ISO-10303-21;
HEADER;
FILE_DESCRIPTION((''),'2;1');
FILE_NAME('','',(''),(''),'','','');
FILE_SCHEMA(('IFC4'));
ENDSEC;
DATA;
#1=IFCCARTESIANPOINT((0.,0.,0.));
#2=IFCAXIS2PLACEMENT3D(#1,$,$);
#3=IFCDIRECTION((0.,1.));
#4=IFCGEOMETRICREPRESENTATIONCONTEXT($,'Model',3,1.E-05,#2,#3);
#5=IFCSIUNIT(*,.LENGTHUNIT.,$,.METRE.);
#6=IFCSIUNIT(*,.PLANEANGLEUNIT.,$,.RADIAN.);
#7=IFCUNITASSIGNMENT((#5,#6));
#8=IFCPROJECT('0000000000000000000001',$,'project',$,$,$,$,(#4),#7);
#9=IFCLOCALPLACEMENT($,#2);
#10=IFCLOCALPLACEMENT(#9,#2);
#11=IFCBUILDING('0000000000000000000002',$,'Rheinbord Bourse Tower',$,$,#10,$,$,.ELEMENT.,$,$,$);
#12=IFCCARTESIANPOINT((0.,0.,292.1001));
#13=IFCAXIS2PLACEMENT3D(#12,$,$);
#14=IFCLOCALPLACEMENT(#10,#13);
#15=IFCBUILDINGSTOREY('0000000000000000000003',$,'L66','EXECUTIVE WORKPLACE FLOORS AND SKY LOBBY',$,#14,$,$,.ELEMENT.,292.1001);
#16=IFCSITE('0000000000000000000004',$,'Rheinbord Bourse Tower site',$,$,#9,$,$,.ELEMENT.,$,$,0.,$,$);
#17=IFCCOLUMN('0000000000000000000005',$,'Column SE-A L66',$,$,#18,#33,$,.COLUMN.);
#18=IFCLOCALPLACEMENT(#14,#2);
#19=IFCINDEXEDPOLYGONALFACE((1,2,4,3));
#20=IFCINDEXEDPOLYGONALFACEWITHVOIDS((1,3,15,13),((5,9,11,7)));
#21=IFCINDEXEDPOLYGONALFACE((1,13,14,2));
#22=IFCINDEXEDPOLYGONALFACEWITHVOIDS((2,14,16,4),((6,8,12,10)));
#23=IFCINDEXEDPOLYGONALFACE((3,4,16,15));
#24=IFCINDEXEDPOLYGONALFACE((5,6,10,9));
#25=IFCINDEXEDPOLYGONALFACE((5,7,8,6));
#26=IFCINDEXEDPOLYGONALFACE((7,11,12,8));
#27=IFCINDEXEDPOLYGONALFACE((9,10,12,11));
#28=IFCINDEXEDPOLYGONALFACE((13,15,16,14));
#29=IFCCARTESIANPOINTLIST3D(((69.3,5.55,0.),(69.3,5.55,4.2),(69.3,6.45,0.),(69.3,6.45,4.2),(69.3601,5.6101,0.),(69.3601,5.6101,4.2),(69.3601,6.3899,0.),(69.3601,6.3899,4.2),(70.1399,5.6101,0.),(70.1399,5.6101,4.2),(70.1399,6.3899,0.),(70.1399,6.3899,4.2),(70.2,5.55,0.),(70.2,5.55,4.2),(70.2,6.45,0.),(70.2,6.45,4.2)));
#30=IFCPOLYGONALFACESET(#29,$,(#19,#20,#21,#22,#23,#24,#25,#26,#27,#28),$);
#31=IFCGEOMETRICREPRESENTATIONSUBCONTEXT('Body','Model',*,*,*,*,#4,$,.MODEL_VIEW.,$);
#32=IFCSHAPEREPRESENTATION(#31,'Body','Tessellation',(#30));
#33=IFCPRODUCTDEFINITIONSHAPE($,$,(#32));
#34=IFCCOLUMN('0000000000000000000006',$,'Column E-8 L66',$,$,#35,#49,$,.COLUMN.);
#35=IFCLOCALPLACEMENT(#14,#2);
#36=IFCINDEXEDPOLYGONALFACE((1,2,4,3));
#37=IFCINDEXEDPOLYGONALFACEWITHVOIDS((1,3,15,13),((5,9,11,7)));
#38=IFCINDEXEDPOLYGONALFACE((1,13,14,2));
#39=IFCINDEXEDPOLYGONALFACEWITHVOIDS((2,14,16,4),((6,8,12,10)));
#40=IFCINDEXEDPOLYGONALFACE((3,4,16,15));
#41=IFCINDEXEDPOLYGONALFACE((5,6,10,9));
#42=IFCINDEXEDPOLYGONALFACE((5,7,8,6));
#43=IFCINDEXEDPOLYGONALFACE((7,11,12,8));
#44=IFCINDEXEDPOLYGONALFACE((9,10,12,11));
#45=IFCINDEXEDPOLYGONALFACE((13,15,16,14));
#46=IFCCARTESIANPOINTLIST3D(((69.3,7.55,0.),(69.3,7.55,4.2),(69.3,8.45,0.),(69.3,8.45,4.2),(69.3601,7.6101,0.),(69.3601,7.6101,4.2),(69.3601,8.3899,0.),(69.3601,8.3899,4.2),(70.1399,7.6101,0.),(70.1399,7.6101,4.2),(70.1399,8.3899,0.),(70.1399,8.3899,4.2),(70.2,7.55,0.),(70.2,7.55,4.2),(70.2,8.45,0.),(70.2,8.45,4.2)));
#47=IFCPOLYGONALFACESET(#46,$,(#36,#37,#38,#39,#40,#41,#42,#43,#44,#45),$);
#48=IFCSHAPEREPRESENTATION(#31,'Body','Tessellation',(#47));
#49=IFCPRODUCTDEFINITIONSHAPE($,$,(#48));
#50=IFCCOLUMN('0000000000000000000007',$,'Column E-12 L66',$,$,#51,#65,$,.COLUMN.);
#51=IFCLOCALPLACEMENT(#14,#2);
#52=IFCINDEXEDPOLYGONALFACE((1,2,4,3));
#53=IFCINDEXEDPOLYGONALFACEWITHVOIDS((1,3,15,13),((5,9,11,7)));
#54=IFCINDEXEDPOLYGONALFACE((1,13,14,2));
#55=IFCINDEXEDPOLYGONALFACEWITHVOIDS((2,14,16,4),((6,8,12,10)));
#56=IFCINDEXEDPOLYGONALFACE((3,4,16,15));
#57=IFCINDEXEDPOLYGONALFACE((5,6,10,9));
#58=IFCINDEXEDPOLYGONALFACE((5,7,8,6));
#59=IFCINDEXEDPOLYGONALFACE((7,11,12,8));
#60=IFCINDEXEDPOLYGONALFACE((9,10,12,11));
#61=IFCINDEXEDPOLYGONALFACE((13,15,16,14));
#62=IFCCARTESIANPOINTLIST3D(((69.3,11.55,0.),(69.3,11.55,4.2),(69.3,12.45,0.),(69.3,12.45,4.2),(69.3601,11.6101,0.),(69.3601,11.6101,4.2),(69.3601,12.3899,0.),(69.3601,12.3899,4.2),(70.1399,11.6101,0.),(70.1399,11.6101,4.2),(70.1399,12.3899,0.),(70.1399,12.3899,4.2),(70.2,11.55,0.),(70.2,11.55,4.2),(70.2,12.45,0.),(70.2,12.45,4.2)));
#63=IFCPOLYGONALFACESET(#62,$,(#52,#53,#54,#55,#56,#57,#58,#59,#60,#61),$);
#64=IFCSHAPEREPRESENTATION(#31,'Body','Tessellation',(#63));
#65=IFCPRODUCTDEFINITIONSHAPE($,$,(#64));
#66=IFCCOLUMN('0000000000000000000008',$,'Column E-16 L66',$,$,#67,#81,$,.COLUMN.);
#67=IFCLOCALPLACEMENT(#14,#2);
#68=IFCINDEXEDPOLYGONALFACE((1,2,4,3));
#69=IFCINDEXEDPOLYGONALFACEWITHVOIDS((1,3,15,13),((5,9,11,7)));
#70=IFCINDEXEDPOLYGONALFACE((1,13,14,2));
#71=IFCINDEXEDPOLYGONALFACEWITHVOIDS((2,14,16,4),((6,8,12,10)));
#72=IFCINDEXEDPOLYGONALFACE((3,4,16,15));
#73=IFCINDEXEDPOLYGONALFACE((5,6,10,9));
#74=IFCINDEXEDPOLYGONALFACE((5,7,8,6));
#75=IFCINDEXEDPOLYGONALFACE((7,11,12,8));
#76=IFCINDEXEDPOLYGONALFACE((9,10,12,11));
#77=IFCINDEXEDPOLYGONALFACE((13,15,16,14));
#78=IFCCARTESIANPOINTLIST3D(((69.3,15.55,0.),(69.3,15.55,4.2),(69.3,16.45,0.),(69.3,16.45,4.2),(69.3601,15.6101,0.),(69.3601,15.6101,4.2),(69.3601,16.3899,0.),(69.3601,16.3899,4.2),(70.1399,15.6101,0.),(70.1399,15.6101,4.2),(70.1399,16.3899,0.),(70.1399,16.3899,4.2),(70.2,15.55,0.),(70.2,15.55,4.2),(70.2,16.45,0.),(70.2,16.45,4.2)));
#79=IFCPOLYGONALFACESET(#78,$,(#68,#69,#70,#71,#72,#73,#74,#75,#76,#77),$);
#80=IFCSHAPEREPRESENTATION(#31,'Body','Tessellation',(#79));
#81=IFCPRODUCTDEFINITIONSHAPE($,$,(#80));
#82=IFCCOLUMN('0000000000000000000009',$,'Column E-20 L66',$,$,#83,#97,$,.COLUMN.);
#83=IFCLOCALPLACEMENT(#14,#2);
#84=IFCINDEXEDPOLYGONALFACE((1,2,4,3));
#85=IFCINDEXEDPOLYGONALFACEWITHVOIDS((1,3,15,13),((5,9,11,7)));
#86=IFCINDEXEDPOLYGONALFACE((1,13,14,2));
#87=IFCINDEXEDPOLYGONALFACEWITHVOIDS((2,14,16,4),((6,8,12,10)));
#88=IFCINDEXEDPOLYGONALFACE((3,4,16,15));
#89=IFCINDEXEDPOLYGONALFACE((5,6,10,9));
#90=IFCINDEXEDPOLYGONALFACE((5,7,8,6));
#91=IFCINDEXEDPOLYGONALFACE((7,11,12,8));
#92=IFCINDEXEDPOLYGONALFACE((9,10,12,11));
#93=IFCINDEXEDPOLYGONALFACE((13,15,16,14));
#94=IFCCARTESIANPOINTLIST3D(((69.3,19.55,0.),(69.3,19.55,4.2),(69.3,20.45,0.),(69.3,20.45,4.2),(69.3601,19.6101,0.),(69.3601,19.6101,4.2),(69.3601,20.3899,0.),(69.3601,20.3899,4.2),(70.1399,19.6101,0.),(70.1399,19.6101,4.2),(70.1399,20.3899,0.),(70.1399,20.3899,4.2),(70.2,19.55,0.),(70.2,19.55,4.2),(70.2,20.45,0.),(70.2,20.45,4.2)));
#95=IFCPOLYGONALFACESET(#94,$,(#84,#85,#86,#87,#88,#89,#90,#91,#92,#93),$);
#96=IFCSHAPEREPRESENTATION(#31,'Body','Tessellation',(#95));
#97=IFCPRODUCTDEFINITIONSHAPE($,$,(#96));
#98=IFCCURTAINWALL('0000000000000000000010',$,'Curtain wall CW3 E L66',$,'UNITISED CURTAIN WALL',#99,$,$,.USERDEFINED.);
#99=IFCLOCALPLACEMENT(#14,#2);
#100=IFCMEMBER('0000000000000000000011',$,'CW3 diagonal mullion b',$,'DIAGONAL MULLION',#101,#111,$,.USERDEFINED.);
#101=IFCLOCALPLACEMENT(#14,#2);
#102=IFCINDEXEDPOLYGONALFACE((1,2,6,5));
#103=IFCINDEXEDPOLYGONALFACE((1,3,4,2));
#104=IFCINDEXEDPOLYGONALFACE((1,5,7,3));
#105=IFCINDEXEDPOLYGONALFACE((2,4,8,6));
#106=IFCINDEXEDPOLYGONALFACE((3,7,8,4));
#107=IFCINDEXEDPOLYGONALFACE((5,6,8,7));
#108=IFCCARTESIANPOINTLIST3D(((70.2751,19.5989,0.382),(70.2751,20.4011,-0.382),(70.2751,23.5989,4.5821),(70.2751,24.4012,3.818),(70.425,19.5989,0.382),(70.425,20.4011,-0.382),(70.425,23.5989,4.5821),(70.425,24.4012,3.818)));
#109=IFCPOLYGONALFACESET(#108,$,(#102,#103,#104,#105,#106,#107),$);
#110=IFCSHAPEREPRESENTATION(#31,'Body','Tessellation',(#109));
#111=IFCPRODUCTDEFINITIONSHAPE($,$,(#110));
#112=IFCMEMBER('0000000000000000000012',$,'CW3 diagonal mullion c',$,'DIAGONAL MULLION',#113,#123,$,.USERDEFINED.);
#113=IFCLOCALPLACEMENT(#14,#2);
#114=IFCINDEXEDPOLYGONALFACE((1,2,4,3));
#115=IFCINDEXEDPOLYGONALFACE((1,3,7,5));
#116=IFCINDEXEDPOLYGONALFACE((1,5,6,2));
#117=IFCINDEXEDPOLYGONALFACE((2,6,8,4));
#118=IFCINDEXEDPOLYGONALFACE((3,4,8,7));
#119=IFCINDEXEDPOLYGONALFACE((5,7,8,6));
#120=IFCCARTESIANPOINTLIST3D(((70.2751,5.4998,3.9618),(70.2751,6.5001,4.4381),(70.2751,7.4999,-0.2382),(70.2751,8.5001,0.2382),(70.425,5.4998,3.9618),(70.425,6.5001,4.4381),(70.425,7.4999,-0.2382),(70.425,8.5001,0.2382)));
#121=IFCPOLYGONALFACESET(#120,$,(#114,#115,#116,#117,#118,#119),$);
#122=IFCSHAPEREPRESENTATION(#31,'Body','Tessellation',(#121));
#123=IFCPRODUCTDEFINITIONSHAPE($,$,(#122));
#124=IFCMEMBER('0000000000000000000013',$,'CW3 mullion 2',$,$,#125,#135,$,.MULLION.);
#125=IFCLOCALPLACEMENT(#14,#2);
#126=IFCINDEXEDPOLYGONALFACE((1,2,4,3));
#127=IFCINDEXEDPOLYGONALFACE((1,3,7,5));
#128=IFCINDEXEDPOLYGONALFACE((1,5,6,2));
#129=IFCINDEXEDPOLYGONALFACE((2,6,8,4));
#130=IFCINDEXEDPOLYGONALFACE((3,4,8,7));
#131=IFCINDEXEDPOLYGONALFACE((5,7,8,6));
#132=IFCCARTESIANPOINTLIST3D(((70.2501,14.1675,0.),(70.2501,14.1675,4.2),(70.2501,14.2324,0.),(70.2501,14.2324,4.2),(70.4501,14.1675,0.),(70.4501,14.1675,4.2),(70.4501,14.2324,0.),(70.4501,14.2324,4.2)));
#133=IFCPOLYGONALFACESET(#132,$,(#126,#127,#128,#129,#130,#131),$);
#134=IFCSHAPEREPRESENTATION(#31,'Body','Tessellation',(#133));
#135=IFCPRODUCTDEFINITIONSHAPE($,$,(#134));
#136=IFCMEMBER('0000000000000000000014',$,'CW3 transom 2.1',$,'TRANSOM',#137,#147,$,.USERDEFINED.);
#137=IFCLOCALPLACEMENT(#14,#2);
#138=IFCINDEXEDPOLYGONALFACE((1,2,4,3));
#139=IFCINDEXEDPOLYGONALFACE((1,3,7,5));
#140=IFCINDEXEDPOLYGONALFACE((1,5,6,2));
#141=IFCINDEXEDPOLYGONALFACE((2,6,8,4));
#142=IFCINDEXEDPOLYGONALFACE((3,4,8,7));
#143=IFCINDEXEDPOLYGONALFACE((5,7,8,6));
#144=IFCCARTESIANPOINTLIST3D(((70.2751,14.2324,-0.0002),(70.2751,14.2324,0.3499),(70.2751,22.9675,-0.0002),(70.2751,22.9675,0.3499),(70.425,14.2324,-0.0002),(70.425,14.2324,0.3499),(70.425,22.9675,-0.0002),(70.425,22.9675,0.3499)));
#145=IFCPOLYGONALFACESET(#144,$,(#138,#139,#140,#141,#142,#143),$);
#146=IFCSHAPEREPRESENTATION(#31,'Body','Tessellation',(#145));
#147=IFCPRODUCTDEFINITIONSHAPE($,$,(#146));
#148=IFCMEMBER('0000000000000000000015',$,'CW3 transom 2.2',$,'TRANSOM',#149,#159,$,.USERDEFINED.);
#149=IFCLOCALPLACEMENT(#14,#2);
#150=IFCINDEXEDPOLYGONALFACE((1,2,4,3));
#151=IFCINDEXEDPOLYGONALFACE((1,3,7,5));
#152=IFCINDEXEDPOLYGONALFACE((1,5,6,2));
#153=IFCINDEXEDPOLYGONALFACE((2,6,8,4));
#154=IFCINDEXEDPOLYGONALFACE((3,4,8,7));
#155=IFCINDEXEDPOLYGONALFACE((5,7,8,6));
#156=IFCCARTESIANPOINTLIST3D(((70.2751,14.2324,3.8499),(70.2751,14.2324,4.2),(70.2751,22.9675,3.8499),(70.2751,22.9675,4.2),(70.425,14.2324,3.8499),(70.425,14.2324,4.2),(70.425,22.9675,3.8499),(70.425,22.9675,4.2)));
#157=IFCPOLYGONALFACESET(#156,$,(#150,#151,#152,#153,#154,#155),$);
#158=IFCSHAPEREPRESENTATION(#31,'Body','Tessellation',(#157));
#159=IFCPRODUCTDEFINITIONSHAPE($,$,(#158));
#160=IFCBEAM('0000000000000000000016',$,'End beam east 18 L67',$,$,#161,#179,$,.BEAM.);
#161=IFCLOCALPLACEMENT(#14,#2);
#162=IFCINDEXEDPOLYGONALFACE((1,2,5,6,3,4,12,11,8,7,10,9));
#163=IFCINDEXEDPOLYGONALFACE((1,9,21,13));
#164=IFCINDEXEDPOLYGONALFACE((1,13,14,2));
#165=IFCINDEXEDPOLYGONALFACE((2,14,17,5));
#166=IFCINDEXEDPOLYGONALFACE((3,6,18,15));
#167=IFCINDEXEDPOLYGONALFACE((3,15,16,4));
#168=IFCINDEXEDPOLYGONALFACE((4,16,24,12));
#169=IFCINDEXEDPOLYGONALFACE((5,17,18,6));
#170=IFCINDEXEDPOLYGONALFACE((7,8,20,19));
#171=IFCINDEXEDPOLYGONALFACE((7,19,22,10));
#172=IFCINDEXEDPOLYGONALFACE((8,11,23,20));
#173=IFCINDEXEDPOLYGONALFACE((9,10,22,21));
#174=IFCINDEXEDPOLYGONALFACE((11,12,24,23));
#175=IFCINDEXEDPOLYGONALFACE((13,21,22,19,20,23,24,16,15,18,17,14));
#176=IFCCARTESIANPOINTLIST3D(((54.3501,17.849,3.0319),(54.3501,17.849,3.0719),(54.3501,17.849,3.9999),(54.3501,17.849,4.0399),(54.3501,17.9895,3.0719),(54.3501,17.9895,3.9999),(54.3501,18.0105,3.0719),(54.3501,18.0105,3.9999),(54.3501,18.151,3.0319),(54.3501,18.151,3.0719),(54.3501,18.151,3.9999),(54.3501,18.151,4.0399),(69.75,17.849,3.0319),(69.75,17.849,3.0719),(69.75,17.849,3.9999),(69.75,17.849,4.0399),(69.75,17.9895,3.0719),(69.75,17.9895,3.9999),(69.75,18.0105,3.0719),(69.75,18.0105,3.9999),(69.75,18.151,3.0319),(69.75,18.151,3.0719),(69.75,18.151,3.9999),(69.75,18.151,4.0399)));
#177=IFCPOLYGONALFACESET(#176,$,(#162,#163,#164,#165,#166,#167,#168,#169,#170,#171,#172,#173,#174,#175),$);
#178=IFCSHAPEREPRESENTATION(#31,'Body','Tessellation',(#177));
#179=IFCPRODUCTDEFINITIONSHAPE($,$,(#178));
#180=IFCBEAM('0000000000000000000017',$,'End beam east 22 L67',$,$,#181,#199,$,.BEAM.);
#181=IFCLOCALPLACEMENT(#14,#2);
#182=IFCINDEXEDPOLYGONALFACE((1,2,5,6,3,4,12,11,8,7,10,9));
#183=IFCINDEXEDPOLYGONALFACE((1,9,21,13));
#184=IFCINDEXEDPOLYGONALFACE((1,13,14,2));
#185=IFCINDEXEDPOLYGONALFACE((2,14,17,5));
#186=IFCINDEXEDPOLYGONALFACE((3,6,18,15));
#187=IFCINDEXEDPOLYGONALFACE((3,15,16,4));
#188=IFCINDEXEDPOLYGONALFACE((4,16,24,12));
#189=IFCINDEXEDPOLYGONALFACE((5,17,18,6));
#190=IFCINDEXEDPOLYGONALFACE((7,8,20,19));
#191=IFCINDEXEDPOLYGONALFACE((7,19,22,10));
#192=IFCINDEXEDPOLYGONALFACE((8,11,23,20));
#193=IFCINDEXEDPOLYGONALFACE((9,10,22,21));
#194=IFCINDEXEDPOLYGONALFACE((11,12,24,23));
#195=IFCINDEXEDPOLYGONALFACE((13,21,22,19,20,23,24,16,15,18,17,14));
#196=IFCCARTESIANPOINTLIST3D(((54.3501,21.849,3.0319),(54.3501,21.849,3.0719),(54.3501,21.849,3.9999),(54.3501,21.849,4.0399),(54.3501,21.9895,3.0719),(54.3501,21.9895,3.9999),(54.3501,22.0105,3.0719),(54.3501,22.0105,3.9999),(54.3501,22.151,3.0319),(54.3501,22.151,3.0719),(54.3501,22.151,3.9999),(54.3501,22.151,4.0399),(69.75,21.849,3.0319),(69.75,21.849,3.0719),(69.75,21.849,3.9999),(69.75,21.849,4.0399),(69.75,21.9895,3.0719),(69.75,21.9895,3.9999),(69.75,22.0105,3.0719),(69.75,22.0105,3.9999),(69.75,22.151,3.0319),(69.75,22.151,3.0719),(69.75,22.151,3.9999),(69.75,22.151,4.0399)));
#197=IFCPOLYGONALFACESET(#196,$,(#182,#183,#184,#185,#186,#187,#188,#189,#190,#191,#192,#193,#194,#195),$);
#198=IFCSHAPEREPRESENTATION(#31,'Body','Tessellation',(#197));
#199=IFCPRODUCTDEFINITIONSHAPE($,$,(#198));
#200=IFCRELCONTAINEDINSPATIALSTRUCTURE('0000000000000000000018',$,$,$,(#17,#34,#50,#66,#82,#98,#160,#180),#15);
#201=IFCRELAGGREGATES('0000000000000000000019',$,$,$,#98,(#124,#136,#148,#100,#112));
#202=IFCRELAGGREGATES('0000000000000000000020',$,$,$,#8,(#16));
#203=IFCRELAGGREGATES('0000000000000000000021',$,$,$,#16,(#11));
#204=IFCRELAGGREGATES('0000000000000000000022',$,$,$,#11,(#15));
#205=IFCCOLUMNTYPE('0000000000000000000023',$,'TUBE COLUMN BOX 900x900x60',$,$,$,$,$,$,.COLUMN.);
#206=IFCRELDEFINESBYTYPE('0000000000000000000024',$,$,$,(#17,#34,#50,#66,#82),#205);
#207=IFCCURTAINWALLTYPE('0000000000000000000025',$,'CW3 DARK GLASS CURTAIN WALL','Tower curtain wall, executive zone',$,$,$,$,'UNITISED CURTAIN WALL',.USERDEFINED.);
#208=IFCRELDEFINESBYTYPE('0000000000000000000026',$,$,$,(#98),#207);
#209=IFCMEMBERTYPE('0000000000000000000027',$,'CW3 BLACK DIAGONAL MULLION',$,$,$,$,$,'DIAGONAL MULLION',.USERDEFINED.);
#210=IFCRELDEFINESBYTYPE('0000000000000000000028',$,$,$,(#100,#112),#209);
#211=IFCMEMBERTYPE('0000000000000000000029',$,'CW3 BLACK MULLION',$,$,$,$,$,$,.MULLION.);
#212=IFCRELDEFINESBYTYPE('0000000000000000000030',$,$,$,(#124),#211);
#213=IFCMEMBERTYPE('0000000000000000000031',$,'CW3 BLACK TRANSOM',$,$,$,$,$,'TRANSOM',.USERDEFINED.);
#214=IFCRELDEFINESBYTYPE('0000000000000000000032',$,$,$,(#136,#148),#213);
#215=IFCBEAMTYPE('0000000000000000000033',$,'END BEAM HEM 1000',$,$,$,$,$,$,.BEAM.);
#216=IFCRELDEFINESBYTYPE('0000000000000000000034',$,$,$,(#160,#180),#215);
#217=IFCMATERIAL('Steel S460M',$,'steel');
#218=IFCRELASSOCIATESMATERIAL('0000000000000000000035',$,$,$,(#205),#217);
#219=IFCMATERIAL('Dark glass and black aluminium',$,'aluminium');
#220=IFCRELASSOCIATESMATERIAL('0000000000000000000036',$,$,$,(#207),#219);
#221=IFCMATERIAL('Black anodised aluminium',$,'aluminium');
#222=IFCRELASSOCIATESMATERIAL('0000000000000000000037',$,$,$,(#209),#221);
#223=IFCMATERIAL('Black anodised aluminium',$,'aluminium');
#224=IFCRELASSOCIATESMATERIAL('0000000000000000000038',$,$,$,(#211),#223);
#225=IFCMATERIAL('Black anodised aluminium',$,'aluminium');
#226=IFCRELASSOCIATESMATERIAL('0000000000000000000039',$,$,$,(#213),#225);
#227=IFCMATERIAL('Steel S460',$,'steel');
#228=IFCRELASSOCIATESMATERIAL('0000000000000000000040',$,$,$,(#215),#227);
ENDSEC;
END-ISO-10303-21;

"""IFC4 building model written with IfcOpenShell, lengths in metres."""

from ifc_helpers import new_model, si_unit, direction, frame, origin, origin_2d, place, context, subcontext, project, spatial, rectangle, hollow_rectangle, i_section, extrude, material, material_profile, profile_set, type_object, element, aggregate, save


model = new_model("IFC4")

# Units and contexts
model_context = context("Model", 3, precision=1e-05, world=origin(), true_north=direction((0.0, 1.0)))
body_context = subcontext(model_context, "Body", "Model", "MODEL_VIEW")
ifc_project = project(units=[si_unit("LENGTHUNIT", "METRE"), si_unit("PLANEANGLEUNIT", "RADIAN")], contexts=[model_context])

# Site, building, storey
site_placement = place(None, origin())
site = spatial("IfcSite", under=ifc_project, at=site_placement, Name="Rheinbord Bourse Tower site", CompositionType="ELEMENT", RefElevation=0.0)
building_placement = place(site_placement, origin())
building = spatial("IfcBuilding", under=site, at=building_placement, Name="Rheinbord Bourse Tower", CompositionType="ELEMENT")
storey_placement = place(building_placement, frame((0.0, 0.0, 292.1001)))
storey = spatial("IfcBuildingStorey", under=building, at=storey_placement, Name="L66", Description="EXECUTIVE WORKPLACE FLOORS AND SKY LOBBY", CompositionType="ELEMENT", Elevation=292.1001)

# Columns
ifc_material_1 = material(Name="Steel S460M", Category="steel")
ifc_material_profile_1 = material_profile(ifc_material_1, hollow_rectangle(XDim=0.8999, YDim=0.8999, WallThickness=0.0601, at=origin_2d()), Name="BOX 900x900x60")
ifc_profile_set_1 = profile_set([ifc_material_profile_1], Name="Steel S460M")
column_type = type_object("IfcColumnType", Name="TUBE COLUMN BOX 900x900x60", PredefinedType="COLUMN", material=ifc_profile_set_1)
for number, where, z_axis, x_axis, name in (
    (1, (69.75, 6.0, 0.0), (0.0, 0.0, 1.0), (1.0, 0.0, 0.0), "Column SE-A L66"),
    (2, (69.75, 8.0, 0.0), (0.0, 0.0, 1.0), (1.0, 0.0, 0.0), "Column E-8 L66"),
    (3, (69.75, 12.0, 0.0), (0.0, 0.0, 1.0), (1.0, 0.0, 0.0), "Column E-12 L66"),
    (4, (69.75, 16.0, 0.0), (0.0, 0.0, 1.0), (1.0, 0.0, 0.0), "Column E-16 L66"),
    (5, (69.75, 20.0, 0.0), (0.0, 0.0, 1.0), (1.0, 0.0, 0.0), "Column E-20 L66"),
):
    element("IfcColumn", number, at=place(storey_placement, frame(where, z_axis=z_axis, x_axis=x_axis)), inside=storey, type_object=column_type, Name=name, PredefinedType="COLUMN", context=body_context, shape_type="SweptSolid", body=[
        extrude(hollow_rectangle(XDim=0.8999, YDim=0.8999, WallThickness=0.0601, at=origin_2d()), origin(), (0.0, 0.0, 1.0), 4.2),
    ])

# Curtain wall, members
ifc_material_2 = material(Name="Dark glass and black aluminium", Category="aluminium")
curtain_wall_type = type_object("IfcCurtainWallType", Name="CW3 DARK GLASS CURTAIN WALL", Description="Tower curtain wall, executive zone", ElementType="UNITISED CURTAIN WALL", PredefinedType="USERDEFINED", material=ifc_material_2)
curtain_wall_placement = place(storey_placement, origin())
curtain_wall = element("IfcCurtainWall", 6, at=curtain_wall_placement, inside=storey, type_object=curtain_wall_type, Name="Curtain wall CW3 E L66", ObjectType="UNITISED CURTAIN WALL", PredefinedType="USERDEFINED")
ifc_material_3 = material(Name="Black anodised aluminium", Category="aluminium")
ifc_material_profile_2 = material_profile(ifc_material_3, rectangle(XDim=0.1499, YDim=1.1079, at=origin_2d()), Name="CW3 DIAGONAL MULLION 1108x150")
ifc_profile_set_2 = profile_set([ifc_material_profile_2], Name="Black anodised aluminium")
member_type_1 = type_object("IfcMemberType", Name="CW3 BLACK DIAGONAL MULLION", ElementType="DIAGONAL MULLION", PredefinedType="USERDEFINED", material=ifc_profile_set_2)
member_1_placement = place(storey_placement, frame((70.3501, 20.0, 0.0), z_axis=(0.0, 0.689659, 0.724134), x_axis=(-1.0, 0.0, 0.0)))
member_1 = element("IfcMember", 7, at=member_1_placement, type_object=member_type_1, Name="CW3 diagonal mullion b", ObjectType="DIAGONAL MULLION", PredefinedType="USERDEFINED", context=body_context, shape_type="SweptSolid", body=[
    extrude(rectangle(XDim=0.1499, YDim=1.1079, at=origin_2d()), origin(), (0.0, 0.0, 1.0), 5.8),
])
member_2_placement = place(storey_placement, frame((70.3501, 8.0, 0.0), z_axis=(0.0, -0.429938, 0.902859), x_axis=(1.0, 0.0, 0.0)))
member_2 = element("IfcMember", 8, at=member_2_placement, type_object=member_type_1, Name="CW3 diagonal mullion c", ObjectType="DIAGONAL MULLION", PredefinedType="USERDEFINED", context=body_context, shape_type="SweptSolid", body=[
    extrude(rectangle(XDim=0.1499, YDim=1.1079, at=origin_2d()), origin(), (0.0, 0.0, 1.0), 4.6519),
])
ifc_material_4 = material(Name="Black anodised aluminium", Category="aluminium")
ifc_material_profile_3 = material_profile(ifc_material_4, rectangle(XDim=0.2, YDim=0.0649, at=origin_2d()), Name="CW3 MULLION 65x200")
ifc_profile_set_3 = profile_set([ifc_material_profile_3], Name="Black anodised aluminium")
member_type_2 = type_object("IfcMemberType", Name="CW3 BLACK MULLION", PredefinedType="MULLION", material=ifc_profile_set_3)
member_3_placement = place(storey_placement, frame((70.3501, 14.2, 0.0), z_axis=(0.0, 0.0, 1.0), x_axis=(-1.0, 0.0, 0.0)))
member_3 = element("IfcMember", 9, at=member_3_placement, type_object=member_type_2, Name="CW3 mullion 2", PredefinedType="MULLION", context=body_context, shape_type="SweptSolid", body=[
    extrude(rectangle(XDim=0.2, YDim=0.0649, at=origin_2d()), origin(), (0.0, 0.0, 1.0), 4.2),
])
ifc_material_5 = material(Name="Black anodised aluminium", Category="aluminium")
ifc_material_profile_4 = material_profile(ifc_material_5, rectangle(XDim=0.1499, YDim=0.3501, at=origin_2d()), Name="CW3 TRANSOM 350x150")
ifc_profile_set_4 = profile_set([ifc_material_profile_4], Name="Black anodised aluminium")
member_type_3 = type_object("IfcMemberType", Name="CW3 BLACK TRANSOM", ElementType="TRANSOM", PredefinedType="USERDEFINED", material=ifc_profile_set_4)
member_4_placement = place(storey_placement, frame((70.3501, 14.2324, 0.1748), z_axis=(0.0, 1.0, 0.0), x_axis=(-1.0, 0.0, 0.0)))
member_4 = element("IfcMember", 10, at=member_4_placement, type_object=member_type_3, Name="CW3 transom 2.1", ObjectType="TRANSOM", PredefinedType="USERDEFINED", context=body_context, shape_type="SweptSolid", body=[
    extrude(rectangle(XDim=0.1499, YDim=0.3501, at=origin_2d()), origin(), (0.0, 0.0, 1.0), 8.7351),
])
member_5_placement = place(storey_placement, frame((70.3501, 14.2324, 4.0249), z_axis=(0.0, 1.0, 0.0), x_axis=(-1.0, 0.0, 0.0)))
member_5 = element("IfcMember", 11, at=member_5_placement, type_object=member_type_3, Name="CW3 transom 2.2", ObjectType="TRANSOM", PredefinedType="USERDEFINED", context=body_context, shape_type="SweptSolid", body=[
    extrude(rectangle(XDim=0.1499, YDim=0.3501, at=origin_2d()), origin(), (0.0, 0.0, 1.0), 8.7351),
])

# Beams
ifc_material_6 = material(Name="Steel S460", Category="steel")
ifc_material_profile_5 = material_profile(ifc_material_6, i_section(OverallWidth=0.302, OverallDepth=1.0081, WebThickness=0.021, FlangeThickness=0.04, at=origin_2d()), Name="HEM 1000")
ifc_profile_set_5 = profile_set([ifc_material_profile_5], Name="Steel S460")
beam_type_1 = type_object("IfcBeamType", Name="END BEAM HEM 1000", PredefinedType="BEAM", material=ifc_profile_set_5)
for number, where, z_axis, x_axis, name in (
    (12, (54.3501, 18.0, 3.5359), (1.0, 0.0, 0.0), (0.0, 1.0, 0.0), "End beam east 18 L67"),
    (13, (54.3501, 22.0, 3.5359), (1.0, 0.0, 0.0), (0.0, 1.0, 0.0), "End beam east 22 L67"),
):
    element("IfcBeam", number, at=place(storey_placement, frame(where, z_axis=z_axis, x_axis=x_axis)), inside=storey, type_object=beam_type_1, Name=name, PredefinedType="BEAM", context=body_context, shape_type="SweptSolid", body=[
        extrude(i_section(OverallWidth=0.302, OverallDepth=1.0081, WebThickness=0.021, FlangeThickness=0.04, at=origin_2d()), origin(), (0.0, 0.0, 1.0), 15.3999),
    ])

aggregate(curtain_wall, [member_3, member_4, member_5, member_1, member_2])

save(model, "model.ifc")
